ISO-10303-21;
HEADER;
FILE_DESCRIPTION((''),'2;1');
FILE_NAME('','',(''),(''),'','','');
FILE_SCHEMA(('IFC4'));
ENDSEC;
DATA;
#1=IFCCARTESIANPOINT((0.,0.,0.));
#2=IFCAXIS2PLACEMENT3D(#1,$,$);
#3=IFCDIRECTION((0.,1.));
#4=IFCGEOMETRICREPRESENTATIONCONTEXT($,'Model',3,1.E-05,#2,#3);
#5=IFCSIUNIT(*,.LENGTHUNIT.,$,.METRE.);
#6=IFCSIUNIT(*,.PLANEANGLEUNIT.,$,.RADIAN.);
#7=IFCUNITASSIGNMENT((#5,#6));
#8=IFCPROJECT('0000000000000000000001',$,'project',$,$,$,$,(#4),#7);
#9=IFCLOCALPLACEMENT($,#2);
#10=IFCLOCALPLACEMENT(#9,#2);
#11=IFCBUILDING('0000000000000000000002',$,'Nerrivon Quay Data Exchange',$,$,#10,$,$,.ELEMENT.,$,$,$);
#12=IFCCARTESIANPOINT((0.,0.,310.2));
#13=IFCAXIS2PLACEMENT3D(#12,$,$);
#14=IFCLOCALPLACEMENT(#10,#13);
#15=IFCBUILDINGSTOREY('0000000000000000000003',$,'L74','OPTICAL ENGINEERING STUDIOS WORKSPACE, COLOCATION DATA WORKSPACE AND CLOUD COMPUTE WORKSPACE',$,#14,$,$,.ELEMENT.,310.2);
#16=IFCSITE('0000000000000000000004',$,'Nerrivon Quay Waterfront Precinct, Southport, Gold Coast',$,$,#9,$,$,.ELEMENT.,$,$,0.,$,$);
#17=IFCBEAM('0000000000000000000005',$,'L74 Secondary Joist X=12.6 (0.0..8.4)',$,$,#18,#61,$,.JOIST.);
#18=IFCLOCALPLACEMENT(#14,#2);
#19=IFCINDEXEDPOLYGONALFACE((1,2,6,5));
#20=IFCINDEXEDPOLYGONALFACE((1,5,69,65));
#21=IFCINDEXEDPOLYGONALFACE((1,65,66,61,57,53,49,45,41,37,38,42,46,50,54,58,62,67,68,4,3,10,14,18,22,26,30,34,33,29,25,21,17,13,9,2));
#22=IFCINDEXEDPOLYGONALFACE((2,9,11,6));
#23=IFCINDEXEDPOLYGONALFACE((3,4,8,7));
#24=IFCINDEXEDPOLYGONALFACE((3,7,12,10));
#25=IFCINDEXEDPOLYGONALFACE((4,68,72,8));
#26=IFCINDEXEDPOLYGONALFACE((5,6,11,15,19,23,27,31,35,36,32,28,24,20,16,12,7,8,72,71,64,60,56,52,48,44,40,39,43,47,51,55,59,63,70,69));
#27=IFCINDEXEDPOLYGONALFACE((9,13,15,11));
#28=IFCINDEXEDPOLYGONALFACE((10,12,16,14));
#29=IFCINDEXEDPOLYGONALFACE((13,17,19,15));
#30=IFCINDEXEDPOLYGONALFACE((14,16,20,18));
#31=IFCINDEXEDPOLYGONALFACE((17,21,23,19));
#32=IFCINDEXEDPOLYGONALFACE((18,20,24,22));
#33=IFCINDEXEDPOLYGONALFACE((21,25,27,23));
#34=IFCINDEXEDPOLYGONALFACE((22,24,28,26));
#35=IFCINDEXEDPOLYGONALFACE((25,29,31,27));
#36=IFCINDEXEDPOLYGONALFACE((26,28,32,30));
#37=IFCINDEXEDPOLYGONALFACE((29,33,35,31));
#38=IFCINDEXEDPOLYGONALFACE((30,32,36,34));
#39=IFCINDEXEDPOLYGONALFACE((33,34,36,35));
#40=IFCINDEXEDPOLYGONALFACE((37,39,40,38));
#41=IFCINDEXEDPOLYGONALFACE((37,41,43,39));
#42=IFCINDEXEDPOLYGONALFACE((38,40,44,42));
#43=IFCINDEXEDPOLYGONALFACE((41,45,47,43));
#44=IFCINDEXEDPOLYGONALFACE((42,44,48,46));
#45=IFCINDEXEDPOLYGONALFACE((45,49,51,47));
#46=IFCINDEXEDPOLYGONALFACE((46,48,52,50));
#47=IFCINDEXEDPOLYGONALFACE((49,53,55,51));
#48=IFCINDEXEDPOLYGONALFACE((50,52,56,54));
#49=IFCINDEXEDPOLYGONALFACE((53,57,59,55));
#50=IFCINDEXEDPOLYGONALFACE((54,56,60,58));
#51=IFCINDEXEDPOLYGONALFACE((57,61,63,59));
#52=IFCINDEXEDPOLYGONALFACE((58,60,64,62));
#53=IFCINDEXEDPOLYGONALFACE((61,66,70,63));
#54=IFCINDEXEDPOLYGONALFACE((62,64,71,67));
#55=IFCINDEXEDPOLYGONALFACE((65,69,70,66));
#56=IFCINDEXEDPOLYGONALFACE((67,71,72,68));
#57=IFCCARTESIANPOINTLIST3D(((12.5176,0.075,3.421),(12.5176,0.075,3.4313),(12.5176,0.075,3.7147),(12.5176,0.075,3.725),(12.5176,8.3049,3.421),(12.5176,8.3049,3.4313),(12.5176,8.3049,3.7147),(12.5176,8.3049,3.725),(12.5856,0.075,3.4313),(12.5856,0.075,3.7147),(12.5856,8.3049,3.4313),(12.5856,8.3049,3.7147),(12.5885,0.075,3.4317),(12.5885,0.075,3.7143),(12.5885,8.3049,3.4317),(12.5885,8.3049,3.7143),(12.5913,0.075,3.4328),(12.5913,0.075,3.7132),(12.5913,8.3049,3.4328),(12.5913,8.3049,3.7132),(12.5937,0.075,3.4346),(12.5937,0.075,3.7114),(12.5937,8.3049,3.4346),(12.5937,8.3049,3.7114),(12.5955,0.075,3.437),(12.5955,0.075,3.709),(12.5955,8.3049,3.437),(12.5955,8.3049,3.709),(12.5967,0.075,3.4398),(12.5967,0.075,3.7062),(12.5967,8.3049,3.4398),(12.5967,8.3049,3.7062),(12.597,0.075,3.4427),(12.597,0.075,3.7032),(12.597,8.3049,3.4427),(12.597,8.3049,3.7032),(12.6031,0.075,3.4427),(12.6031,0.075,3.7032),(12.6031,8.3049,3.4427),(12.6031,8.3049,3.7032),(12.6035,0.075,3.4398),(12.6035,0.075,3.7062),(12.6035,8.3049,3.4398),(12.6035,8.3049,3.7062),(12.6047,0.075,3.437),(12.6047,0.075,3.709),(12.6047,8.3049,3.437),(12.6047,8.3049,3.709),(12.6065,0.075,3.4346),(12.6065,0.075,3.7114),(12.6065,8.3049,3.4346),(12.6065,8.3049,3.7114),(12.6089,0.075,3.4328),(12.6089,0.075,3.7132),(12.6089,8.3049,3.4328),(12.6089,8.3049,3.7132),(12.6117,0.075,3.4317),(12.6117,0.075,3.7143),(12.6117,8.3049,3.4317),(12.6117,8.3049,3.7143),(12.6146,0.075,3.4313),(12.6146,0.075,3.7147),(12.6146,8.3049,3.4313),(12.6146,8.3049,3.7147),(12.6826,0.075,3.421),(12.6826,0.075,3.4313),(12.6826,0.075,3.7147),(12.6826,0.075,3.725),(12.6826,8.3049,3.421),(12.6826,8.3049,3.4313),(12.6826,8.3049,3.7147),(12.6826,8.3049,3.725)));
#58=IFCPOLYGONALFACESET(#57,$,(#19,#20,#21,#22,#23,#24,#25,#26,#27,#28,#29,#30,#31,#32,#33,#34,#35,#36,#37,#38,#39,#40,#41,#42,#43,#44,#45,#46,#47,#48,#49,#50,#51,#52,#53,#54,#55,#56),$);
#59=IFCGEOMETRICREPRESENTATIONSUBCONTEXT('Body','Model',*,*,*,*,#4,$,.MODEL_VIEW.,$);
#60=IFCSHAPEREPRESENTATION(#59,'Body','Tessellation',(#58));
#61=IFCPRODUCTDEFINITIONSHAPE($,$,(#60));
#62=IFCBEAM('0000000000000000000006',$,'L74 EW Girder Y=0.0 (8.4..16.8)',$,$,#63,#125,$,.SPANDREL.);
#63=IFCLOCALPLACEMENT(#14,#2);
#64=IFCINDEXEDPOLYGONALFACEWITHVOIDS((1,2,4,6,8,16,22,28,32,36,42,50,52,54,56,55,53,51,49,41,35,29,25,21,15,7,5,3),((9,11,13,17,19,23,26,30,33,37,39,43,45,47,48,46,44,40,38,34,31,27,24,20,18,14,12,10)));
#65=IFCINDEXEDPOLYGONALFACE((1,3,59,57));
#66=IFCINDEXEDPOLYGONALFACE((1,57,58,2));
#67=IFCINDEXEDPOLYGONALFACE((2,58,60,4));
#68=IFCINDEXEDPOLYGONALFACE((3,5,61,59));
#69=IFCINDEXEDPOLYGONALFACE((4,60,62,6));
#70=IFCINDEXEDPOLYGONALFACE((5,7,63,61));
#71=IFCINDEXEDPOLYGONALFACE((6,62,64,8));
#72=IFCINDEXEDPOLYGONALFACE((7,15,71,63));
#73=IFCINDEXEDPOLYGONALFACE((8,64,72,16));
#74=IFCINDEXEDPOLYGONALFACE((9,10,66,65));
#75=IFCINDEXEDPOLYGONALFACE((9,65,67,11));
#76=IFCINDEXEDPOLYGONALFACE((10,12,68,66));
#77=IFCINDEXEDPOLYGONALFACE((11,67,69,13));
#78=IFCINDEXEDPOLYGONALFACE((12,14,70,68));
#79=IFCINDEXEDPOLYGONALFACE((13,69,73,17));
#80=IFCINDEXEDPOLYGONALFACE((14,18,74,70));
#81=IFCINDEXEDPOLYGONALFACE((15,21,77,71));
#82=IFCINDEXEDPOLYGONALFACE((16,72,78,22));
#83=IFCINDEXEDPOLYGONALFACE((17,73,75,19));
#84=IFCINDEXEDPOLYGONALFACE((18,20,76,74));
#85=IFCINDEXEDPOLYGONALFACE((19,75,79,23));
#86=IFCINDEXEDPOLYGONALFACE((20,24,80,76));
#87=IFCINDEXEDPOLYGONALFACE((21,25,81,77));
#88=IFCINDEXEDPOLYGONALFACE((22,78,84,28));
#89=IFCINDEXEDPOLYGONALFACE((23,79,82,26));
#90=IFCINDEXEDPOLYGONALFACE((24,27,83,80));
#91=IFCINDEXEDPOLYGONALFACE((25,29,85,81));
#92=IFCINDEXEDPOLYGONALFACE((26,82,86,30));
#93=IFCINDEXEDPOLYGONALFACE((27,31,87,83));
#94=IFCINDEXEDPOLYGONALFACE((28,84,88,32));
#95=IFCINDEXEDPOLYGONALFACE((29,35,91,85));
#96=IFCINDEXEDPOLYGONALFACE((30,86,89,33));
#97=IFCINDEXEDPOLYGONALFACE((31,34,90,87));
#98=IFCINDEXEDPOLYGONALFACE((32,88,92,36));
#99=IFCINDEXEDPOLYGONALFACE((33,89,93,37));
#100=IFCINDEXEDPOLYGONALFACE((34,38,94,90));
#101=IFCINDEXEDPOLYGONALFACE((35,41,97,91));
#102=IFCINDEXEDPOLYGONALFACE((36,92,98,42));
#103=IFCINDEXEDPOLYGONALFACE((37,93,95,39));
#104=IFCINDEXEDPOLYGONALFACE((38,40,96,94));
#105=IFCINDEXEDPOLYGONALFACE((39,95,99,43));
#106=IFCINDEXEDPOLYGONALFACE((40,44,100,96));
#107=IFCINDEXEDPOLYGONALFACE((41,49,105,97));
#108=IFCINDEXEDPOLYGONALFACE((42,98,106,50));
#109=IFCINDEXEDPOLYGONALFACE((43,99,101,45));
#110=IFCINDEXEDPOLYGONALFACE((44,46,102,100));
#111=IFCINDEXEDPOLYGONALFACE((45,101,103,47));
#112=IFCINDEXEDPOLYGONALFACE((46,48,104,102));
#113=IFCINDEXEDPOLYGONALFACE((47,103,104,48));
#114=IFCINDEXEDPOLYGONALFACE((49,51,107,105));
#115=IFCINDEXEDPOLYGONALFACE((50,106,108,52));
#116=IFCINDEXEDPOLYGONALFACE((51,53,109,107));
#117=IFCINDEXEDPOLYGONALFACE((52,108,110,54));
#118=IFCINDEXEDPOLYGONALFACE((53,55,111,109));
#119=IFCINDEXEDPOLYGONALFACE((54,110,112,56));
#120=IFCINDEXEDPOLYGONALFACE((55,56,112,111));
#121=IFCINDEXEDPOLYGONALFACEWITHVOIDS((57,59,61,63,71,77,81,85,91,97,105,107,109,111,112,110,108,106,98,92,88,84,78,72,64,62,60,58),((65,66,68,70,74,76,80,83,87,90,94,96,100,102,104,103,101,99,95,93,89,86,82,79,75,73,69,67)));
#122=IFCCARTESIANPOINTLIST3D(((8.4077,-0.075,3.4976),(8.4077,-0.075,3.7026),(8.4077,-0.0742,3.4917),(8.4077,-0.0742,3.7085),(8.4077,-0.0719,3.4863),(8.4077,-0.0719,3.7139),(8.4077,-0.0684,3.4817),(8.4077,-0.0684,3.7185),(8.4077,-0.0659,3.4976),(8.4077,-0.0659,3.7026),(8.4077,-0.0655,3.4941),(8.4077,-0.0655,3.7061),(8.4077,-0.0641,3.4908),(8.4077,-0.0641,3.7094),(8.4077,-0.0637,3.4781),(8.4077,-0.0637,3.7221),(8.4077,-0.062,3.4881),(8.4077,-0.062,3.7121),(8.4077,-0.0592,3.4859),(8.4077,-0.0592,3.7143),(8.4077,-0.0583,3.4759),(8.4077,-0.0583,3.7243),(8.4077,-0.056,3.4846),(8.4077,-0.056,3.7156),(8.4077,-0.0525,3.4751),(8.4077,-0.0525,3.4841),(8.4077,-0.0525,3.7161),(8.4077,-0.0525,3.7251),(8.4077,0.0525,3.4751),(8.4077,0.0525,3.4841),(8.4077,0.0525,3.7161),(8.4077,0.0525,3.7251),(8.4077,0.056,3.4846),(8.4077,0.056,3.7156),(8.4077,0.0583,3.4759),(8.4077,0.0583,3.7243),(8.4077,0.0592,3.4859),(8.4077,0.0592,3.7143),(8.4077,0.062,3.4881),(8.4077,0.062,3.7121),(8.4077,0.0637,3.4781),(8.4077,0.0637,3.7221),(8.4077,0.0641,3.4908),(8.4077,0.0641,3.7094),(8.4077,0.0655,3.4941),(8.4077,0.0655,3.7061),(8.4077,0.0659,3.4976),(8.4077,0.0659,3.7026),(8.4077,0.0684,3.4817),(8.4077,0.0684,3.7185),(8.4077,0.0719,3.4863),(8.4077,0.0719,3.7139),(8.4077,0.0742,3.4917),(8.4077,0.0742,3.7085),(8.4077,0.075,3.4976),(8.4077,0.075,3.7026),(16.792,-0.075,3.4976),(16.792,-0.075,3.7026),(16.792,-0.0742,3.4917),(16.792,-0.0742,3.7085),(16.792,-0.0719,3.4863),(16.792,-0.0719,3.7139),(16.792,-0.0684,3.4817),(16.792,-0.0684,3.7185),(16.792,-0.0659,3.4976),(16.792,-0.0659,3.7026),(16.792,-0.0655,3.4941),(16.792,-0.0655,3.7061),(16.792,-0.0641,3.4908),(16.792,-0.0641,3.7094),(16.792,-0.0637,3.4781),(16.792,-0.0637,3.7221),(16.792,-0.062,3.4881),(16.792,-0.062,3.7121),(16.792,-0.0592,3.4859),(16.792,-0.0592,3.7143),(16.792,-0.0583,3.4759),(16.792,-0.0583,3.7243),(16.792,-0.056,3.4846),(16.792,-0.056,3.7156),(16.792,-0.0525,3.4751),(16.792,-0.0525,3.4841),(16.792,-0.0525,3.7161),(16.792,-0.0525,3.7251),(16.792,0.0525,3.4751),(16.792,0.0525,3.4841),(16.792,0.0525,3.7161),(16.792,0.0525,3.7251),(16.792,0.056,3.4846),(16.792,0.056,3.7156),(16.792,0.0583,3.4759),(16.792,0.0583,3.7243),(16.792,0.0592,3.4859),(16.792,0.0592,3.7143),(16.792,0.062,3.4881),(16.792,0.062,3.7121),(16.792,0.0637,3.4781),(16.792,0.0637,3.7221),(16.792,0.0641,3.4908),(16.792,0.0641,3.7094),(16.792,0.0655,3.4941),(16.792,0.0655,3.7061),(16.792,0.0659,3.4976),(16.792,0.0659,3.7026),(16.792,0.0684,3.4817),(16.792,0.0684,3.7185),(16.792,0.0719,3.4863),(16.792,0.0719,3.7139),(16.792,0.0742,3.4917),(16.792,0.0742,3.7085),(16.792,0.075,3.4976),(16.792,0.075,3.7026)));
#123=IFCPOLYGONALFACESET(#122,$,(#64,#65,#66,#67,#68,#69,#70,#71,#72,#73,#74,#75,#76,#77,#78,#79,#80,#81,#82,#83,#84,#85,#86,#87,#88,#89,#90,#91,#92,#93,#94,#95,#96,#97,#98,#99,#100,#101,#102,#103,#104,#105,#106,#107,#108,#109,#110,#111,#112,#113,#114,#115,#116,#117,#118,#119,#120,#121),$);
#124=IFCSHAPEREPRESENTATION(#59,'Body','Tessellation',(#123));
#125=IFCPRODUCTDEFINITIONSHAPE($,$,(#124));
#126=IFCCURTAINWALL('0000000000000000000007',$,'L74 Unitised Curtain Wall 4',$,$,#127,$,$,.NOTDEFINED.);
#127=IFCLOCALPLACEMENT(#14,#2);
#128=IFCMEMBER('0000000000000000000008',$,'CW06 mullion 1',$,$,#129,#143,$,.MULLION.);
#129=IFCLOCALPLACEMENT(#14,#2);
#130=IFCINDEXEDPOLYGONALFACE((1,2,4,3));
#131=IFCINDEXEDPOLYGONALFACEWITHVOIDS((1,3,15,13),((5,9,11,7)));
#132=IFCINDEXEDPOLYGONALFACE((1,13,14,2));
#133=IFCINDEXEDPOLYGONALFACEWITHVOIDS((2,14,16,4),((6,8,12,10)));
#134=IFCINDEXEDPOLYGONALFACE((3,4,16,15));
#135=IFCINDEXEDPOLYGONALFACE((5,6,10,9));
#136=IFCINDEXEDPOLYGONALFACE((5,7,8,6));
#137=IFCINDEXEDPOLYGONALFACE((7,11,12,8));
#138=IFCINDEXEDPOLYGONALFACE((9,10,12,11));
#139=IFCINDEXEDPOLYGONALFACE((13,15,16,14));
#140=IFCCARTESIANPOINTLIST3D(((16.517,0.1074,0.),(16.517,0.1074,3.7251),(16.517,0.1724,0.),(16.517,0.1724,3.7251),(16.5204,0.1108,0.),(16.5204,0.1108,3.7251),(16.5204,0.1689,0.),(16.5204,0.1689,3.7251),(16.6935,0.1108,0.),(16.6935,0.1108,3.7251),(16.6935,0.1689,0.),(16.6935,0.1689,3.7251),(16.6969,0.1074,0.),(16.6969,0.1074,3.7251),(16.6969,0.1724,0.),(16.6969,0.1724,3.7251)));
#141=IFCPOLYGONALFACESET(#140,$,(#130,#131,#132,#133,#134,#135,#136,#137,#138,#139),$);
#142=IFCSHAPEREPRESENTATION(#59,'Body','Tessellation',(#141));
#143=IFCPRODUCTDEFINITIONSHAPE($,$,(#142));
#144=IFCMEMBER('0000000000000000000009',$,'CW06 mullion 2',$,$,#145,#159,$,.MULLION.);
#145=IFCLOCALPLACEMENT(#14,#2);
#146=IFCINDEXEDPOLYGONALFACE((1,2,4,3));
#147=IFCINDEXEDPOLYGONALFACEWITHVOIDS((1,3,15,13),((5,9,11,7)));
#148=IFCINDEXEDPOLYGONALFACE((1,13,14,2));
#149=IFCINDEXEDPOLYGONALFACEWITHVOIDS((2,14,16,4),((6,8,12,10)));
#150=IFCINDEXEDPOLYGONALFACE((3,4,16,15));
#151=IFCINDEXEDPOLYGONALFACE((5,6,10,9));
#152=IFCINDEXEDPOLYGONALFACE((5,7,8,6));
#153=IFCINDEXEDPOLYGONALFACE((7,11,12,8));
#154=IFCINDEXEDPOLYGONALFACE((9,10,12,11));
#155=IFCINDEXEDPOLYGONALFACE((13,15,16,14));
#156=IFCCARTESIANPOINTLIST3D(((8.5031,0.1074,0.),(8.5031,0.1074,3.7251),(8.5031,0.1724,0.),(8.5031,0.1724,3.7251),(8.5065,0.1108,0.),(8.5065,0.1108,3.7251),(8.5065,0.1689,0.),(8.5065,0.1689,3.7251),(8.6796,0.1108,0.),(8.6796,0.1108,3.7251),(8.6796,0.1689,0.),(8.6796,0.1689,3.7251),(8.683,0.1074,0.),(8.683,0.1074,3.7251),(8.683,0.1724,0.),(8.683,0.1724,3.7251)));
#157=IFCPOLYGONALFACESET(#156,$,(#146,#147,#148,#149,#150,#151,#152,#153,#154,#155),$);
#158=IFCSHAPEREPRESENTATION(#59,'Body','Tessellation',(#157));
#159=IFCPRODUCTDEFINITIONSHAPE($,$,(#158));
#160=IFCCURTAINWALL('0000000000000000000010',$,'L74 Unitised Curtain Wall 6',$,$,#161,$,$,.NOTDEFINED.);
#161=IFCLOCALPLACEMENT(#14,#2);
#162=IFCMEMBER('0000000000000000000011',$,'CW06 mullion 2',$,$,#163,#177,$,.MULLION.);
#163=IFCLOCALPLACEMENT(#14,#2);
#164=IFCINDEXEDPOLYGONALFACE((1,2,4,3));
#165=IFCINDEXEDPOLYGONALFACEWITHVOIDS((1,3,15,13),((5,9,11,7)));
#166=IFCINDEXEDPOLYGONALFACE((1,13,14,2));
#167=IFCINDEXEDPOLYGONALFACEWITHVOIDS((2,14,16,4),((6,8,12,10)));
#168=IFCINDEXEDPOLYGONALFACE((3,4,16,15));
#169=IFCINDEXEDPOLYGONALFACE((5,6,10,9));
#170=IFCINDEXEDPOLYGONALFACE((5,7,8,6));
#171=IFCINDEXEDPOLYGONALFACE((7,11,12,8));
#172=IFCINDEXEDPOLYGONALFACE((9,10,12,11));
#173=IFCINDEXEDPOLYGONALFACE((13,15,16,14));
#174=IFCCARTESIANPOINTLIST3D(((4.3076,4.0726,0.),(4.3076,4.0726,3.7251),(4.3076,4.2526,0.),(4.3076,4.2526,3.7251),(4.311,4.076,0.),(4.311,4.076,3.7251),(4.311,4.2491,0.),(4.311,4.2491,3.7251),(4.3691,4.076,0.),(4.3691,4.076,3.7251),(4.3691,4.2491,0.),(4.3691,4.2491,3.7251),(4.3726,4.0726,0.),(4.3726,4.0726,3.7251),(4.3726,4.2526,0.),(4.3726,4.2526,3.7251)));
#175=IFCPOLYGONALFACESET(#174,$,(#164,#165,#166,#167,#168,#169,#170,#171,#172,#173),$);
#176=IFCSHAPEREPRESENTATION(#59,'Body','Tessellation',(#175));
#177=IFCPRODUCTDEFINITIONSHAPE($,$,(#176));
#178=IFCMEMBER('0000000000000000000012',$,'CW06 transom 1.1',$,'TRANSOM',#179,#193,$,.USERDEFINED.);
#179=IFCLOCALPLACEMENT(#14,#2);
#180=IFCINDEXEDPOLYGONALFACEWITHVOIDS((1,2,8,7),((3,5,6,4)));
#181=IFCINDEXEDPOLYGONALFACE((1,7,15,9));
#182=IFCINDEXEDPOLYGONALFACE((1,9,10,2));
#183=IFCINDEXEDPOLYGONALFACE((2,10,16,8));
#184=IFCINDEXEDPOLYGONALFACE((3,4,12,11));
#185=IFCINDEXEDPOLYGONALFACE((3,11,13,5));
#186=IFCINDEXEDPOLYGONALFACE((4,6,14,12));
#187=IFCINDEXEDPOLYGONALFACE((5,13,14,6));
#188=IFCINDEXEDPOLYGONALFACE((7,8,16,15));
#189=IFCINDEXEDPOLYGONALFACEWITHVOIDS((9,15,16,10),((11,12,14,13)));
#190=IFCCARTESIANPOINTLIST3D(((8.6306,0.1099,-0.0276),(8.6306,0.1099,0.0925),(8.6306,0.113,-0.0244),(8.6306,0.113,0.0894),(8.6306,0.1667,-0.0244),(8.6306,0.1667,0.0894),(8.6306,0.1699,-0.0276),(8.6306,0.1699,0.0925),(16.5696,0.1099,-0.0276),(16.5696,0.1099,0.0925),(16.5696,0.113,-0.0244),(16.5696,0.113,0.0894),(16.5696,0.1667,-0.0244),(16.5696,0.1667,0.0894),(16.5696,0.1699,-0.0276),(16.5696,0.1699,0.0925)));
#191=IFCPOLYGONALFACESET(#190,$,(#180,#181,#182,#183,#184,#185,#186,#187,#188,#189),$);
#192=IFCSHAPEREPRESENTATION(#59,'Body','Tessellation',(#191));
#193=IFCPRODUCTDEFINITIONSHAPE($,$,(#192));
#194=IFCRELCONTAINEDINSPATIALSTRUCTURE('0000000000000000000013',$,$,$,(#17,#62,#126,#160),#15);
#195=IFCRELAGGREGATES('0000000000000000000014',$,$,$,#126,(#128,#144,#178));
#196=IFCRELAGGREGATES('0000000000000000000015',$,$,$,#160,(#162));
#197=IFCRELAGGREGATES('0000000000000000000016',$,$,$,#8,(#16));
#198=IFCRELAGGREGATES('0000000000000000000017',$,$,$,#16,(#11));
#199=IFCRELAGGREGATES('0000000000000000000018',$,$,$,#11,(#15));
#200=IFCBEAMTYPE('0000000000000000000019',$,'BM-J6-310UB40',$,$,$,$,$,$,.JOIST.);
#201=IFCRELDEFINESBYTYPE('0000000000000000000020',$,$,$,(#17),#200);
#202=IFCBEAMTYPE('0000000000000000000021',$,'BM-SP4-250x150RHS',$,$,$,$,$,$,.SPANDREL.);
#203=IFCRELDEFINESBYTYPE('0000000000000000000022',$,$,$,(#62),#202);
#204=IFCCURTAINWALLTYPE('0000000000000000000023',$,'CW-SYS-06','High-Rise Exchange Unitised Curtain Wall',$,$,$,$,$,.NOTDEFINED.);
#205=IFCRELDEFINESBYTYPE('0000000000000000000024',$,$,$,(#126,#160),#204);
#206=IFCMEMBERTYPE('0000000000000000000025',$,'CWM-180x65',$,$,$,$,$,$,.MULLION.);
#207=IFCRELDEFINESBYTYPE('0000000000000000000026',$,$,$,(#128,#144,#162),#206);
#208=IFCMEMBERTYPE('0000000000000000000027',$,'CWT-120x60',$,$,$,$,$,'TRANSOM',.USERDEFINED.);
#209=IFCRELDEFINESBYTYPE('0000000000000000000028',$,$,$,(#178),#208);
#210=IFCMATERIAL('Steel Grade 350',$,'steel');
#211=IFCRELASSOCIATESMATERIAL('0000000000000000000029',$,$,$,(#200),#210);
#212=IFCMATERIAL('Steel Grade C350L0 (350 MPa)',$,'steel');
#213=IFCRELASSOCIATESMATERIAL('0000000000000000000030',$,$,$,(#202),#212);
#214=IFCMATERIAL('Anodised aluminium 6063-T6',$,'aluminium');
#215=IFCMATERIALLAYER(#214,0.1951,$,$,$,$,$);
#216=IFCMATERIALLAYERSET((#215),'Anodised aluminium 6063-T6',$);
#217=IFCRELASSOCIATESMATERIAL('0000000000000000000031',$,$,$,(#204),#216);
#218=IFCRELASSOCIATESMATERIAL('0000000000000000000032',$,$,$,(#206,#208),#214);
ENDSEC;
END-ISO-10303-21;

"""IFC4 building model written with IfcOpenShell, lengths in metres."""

from ifc_helpers import new_model, si_unit, direction, frame, origin, origin_2d, place, context, subcontext, project, spatial, hollow_rectangle, i_section, extrude, material, layer, layer_set, material_profile, profile_set, type_object, element, aggregate, save


model = new_model("IFC4")

# Units and contexts
model_context = context("Model", 3, precision=1e-05, world=origin(), true_north=direction((0.0, 1.0)))
body_context = subcontext(model_context, "Body", "Model", "MODEL_VIEW")
ifc_project = project(units=[si_unit("LENGTHUNIT", "METRE"), si_unit("PLANEANGLEUNIT", "RADIAN")], contexts=[model_context])

# Site, building, storey
site_placement = place(None, origin())
site = spatial("IfcSite", under=ifc_project, at=site_placement, Name="Nerrivon Quay Waterfront Precinct, Southport, Gold Coast", CompositionType="ELEMENT", RefElevation=0.0)
building_placement = place(site_placement, origin())
building = spatial("IfcBuilding", under=site, at=building_placement, Name="Nerrivon Quay Data Exchange", CompositionType="ELEMENT")
storey_placement = place(building_placement, frame((0.0, 0.0, 310.2)))
storey = spatial("IfcBuildingStorey", under=building, at=storey_placement, Name="L74", Description="OPTICAL ENGINEERING STUDIOS WORKSPACE, COLOCATION DATA WORKSPACE AND CLOUD COMPUTE WORKSPACE", CompositionType="ELEMENT", Elevation=310.2)

# Shared definitions
ifc_material_1 = material(Name="Steel Grade 350", Category="steel")

# Beams
ifc_material_profile_1 = material_profile(ifc_material_1, i_section(OverallWidth=0.165, OverallDepth=0.304, WebThickness=0.0061, FlangeThickness=0.0103, FilletRadius=0.0115, at=origin_2d()), Name="310UB40.4")
ifc_profile_set_1 = profile_set([ifc_material_profile_1], Name="Steel Grade 350")
beam_type_1 = type_object("IfcBeamType", Name="BM-J6-310UB40", PredefinedType="JOIST", material=ifc_profile_set_1)
beam_1_placement = place(storey_placement, frame((12.6001, 0.075, 3.573), z_axis=(0.0, 1.0, 0.0), x_axis=(-1.0, 0.0, 0.0)))
element("IfcBeam", 1, at=beam_1_placement, inside=storey, type_object=beam_type_1, Name="L74 Secondary Joist X=12.6 (0.0..8.4)", PredefinedType="JOIST", context=body_context, shape_type="SweptSolid", body=[
    extrude(i_section(OverallWidth=0.165, OverallDepth=0.304, WebThickness=0.0061, FlangeThickness=0.0103, FilletRadius=0.0115, at=origin_2d()), origin(), (0.0, 0.0, 1.0), 8.23),
])
ifc_material_2 = material(Name="Steel Grade C350L0 (350 MPa)", Category="steel")
ifc_material_profile_2 = material_profile(ifc_material_2, hollow_rectangle(XDim=0.1499, YDim=0.25, WallThickness=0.009, InnerFilletRadius=0.0134, OuterFilletRadius=0.0225, at=origin_2d()), Name="250x150x9.0RHS")
ifc_profile_set_2 = profile_set([ifc_material_profile_2], Name="Steel Grade C350L0 (350 MPa)")
beam_type_2 = type_object("IfcBeamType", Name="BM-SP4-250x150RHS", PredefinedType="SPANDREL", material=ifc_profile_set_2)
beam_2_placement = place(storey_placement, frame((8.4077, 0.0, 3.6001), z_axis=(1.0, 0.0, 0.0), x_axis=(0.0, 1.0, 0.0)))
element("IfcBeam", 2, at=beam_2_placement, inside=storey, type_object=beam_type_2, Name="L74 EW Girder Y=0.0 (8.4..16.8)", PredefinedType="SPANDREL", context=body_context, shape_type="SweptSolid", body=[
    extrude(hollow_rectangle(XDim=0.1499, YDim=0.25, WallThickness=0.009, InnerFilletRadius=0.0134, OuterFilletRadius=0.0225, at=origin_2d()), origin(), (0.0, 0.0, 1.0), 8.3843),
])

# Curtain wall, members
ifc_material_3 = material(Name="Anodised aluminium 6063-T6", Category="aluminium")
ifc_layer_1 = layer(ifc_material_3, 0.1951)
ifc_layer_set_1 = layer_set([ifc_layer_1], Name="Anodised aluminium 6063-T6")
curtain_wall_type = type_object("IfcCurtainWallType", Name="CW-SYS-06", Description="High-Rise Exchange Unitised Curtain Wall", PredefinedType="NOTDEFINED", material=ifc_layer_set_1)
curtain_wall_1_placement = place(storey_placement, origin())
curtain_wall_1 = element("IfcCurtainWall", 3, at=curtain_wall_1_placement, inside=storey, type_object=curtain_wall_type, Name="L74 Unitised Curtain Wall 4", PredefinedType="NOTDEFINED")
ifc_material_profile_3 = material_profile(ifc_material_3, hollow_rectangle(XDim=0.0649, YDim=0.1799, WallThickness=0.0034, at=origin_2d()), Name="ALU-MULL-180x65")
ifc_profile_set_3 = profile_set([ifc_material_profile_3], Name="Anodised aluminium 6063-T6")
member_type_1 = type_object("IfcMemberType", Name="CWM-180x65", PredefinedType="MULLION", material=ifc_profile_set_3)
member_1_placement = place(storey_placement, frame((16.6069, 0.1399, 0.0), z_axis=(0.0, 0.0, 1.0), x_axis=(0.0, -1.0, 0.0)))
member_1 = element("IfcMember", 4, at=member_1_placement, type_object=member_type_1, Name="CW06 mullion 1", PredefinedType="MULLION", context=body_context, shape_type="SweptSolid", body=[
    extrude(hollow_rectangle(XDim=0.0649, YDim=0.1799, WallThickness=0.0034, at=origin_2d()), origin(), (0.0, 0.0, 1.0), 3.7251),
])
member_2_placement = place(storey_placement, frame((8.593, 0.1399, 0.0), z_axis=(0.0, 0.0, 1.0), x_axis=(0.0, -1.0, 0.0)))
member_2 = element("IfcMember", 5, at=member_2_placement, type_object=member_type_1, Name="CW06 mullion 2", PredefinedType="MULLION", context=body_context, shape_type="SweptSolid", body=[
    extrude(hollow_rectangle(XDim=0.0649, YDim=0.1799, WallThickness=0.0034, at=origin_2d()), origin(), (0.0, 0.0, 1.0), 3.7251),
])

# Curtain wall, member
curtain_wall_2_placement = place(storey_placement, origin())
curtain_wall_2 = element("IfcCurtainWall", 6, at=curtain_wall_2_placement, inside=storey, type_object=curtain_wall_type, Name="L74 Unitised Curtain Wall 6", PredefinedType="NOTDEFINED")
member_3_placement = place(storey_placement, frame((4.3401, 4.1626, 0.0), z_axis=(0.0, 0.0, 1.0), x_axis=(-1.0, 0.0, 0.0)))
member_3 = element("IfcMember", 7, at=member_3_placement, type_object=member_type_1, Name="CW06 mullion 2", PredefinedType="MULLION", context=body_context, shape_type="SweptSolid", body=[
    extrude(hollow_rectangle(XDim=0.0649, YDim=0.1799, WallThickness=0.0034, at=origin_2d()), origin(), (0.0, 0.0, 1.0), 3.7251),
])

# Member
ifc_material_profile_4 = material_profile(ifc_material_3, hollow_rectangle(XDim=0.0601, YDim=0.1201, WallThickness=0.0032, at=origin_2d()), Name="ALU-TRAN-120x60")
ifc_profile_set_4 = profile_set([ifc_material_profile_4], Name="Anodised aluminium 6063-T6")
member_type_2 = type_object("IfcMemberType", Name="CWT-120x60", ElementType="TRANSOM", PredefinedType="USERDEFINED", material=ifc_profile_set_4)
member_4_placement = place(storey_placement, frame((16.5696, 0.1399, 0.0325), z_axis=(-1.0, 0.0, 0.0), x_axis=(0.0, -1.0, 0.0)))
member_4 = element("IfcMember", 8, at=member_4_placement, type_object=member_type_2, Name="CW06 transom 1.1", ObjectType="TRANSOM", PredefinedType="USERDEFINED", context=body_context, shape_type="SweptSolid", body=[
    extrude(hollow_rectangle(XDim=0.0601, YDim=0.1201, WallThickness=0.0032, at=origin_2d()), origin(), (0.0, 0.0, 1.0), 7.939),
])

aggregate(curtain_wall_1, [member_1, member_2, member_4])
aggregate(curtain_wall_2, [member_3])

save(model, "model.ifc")
